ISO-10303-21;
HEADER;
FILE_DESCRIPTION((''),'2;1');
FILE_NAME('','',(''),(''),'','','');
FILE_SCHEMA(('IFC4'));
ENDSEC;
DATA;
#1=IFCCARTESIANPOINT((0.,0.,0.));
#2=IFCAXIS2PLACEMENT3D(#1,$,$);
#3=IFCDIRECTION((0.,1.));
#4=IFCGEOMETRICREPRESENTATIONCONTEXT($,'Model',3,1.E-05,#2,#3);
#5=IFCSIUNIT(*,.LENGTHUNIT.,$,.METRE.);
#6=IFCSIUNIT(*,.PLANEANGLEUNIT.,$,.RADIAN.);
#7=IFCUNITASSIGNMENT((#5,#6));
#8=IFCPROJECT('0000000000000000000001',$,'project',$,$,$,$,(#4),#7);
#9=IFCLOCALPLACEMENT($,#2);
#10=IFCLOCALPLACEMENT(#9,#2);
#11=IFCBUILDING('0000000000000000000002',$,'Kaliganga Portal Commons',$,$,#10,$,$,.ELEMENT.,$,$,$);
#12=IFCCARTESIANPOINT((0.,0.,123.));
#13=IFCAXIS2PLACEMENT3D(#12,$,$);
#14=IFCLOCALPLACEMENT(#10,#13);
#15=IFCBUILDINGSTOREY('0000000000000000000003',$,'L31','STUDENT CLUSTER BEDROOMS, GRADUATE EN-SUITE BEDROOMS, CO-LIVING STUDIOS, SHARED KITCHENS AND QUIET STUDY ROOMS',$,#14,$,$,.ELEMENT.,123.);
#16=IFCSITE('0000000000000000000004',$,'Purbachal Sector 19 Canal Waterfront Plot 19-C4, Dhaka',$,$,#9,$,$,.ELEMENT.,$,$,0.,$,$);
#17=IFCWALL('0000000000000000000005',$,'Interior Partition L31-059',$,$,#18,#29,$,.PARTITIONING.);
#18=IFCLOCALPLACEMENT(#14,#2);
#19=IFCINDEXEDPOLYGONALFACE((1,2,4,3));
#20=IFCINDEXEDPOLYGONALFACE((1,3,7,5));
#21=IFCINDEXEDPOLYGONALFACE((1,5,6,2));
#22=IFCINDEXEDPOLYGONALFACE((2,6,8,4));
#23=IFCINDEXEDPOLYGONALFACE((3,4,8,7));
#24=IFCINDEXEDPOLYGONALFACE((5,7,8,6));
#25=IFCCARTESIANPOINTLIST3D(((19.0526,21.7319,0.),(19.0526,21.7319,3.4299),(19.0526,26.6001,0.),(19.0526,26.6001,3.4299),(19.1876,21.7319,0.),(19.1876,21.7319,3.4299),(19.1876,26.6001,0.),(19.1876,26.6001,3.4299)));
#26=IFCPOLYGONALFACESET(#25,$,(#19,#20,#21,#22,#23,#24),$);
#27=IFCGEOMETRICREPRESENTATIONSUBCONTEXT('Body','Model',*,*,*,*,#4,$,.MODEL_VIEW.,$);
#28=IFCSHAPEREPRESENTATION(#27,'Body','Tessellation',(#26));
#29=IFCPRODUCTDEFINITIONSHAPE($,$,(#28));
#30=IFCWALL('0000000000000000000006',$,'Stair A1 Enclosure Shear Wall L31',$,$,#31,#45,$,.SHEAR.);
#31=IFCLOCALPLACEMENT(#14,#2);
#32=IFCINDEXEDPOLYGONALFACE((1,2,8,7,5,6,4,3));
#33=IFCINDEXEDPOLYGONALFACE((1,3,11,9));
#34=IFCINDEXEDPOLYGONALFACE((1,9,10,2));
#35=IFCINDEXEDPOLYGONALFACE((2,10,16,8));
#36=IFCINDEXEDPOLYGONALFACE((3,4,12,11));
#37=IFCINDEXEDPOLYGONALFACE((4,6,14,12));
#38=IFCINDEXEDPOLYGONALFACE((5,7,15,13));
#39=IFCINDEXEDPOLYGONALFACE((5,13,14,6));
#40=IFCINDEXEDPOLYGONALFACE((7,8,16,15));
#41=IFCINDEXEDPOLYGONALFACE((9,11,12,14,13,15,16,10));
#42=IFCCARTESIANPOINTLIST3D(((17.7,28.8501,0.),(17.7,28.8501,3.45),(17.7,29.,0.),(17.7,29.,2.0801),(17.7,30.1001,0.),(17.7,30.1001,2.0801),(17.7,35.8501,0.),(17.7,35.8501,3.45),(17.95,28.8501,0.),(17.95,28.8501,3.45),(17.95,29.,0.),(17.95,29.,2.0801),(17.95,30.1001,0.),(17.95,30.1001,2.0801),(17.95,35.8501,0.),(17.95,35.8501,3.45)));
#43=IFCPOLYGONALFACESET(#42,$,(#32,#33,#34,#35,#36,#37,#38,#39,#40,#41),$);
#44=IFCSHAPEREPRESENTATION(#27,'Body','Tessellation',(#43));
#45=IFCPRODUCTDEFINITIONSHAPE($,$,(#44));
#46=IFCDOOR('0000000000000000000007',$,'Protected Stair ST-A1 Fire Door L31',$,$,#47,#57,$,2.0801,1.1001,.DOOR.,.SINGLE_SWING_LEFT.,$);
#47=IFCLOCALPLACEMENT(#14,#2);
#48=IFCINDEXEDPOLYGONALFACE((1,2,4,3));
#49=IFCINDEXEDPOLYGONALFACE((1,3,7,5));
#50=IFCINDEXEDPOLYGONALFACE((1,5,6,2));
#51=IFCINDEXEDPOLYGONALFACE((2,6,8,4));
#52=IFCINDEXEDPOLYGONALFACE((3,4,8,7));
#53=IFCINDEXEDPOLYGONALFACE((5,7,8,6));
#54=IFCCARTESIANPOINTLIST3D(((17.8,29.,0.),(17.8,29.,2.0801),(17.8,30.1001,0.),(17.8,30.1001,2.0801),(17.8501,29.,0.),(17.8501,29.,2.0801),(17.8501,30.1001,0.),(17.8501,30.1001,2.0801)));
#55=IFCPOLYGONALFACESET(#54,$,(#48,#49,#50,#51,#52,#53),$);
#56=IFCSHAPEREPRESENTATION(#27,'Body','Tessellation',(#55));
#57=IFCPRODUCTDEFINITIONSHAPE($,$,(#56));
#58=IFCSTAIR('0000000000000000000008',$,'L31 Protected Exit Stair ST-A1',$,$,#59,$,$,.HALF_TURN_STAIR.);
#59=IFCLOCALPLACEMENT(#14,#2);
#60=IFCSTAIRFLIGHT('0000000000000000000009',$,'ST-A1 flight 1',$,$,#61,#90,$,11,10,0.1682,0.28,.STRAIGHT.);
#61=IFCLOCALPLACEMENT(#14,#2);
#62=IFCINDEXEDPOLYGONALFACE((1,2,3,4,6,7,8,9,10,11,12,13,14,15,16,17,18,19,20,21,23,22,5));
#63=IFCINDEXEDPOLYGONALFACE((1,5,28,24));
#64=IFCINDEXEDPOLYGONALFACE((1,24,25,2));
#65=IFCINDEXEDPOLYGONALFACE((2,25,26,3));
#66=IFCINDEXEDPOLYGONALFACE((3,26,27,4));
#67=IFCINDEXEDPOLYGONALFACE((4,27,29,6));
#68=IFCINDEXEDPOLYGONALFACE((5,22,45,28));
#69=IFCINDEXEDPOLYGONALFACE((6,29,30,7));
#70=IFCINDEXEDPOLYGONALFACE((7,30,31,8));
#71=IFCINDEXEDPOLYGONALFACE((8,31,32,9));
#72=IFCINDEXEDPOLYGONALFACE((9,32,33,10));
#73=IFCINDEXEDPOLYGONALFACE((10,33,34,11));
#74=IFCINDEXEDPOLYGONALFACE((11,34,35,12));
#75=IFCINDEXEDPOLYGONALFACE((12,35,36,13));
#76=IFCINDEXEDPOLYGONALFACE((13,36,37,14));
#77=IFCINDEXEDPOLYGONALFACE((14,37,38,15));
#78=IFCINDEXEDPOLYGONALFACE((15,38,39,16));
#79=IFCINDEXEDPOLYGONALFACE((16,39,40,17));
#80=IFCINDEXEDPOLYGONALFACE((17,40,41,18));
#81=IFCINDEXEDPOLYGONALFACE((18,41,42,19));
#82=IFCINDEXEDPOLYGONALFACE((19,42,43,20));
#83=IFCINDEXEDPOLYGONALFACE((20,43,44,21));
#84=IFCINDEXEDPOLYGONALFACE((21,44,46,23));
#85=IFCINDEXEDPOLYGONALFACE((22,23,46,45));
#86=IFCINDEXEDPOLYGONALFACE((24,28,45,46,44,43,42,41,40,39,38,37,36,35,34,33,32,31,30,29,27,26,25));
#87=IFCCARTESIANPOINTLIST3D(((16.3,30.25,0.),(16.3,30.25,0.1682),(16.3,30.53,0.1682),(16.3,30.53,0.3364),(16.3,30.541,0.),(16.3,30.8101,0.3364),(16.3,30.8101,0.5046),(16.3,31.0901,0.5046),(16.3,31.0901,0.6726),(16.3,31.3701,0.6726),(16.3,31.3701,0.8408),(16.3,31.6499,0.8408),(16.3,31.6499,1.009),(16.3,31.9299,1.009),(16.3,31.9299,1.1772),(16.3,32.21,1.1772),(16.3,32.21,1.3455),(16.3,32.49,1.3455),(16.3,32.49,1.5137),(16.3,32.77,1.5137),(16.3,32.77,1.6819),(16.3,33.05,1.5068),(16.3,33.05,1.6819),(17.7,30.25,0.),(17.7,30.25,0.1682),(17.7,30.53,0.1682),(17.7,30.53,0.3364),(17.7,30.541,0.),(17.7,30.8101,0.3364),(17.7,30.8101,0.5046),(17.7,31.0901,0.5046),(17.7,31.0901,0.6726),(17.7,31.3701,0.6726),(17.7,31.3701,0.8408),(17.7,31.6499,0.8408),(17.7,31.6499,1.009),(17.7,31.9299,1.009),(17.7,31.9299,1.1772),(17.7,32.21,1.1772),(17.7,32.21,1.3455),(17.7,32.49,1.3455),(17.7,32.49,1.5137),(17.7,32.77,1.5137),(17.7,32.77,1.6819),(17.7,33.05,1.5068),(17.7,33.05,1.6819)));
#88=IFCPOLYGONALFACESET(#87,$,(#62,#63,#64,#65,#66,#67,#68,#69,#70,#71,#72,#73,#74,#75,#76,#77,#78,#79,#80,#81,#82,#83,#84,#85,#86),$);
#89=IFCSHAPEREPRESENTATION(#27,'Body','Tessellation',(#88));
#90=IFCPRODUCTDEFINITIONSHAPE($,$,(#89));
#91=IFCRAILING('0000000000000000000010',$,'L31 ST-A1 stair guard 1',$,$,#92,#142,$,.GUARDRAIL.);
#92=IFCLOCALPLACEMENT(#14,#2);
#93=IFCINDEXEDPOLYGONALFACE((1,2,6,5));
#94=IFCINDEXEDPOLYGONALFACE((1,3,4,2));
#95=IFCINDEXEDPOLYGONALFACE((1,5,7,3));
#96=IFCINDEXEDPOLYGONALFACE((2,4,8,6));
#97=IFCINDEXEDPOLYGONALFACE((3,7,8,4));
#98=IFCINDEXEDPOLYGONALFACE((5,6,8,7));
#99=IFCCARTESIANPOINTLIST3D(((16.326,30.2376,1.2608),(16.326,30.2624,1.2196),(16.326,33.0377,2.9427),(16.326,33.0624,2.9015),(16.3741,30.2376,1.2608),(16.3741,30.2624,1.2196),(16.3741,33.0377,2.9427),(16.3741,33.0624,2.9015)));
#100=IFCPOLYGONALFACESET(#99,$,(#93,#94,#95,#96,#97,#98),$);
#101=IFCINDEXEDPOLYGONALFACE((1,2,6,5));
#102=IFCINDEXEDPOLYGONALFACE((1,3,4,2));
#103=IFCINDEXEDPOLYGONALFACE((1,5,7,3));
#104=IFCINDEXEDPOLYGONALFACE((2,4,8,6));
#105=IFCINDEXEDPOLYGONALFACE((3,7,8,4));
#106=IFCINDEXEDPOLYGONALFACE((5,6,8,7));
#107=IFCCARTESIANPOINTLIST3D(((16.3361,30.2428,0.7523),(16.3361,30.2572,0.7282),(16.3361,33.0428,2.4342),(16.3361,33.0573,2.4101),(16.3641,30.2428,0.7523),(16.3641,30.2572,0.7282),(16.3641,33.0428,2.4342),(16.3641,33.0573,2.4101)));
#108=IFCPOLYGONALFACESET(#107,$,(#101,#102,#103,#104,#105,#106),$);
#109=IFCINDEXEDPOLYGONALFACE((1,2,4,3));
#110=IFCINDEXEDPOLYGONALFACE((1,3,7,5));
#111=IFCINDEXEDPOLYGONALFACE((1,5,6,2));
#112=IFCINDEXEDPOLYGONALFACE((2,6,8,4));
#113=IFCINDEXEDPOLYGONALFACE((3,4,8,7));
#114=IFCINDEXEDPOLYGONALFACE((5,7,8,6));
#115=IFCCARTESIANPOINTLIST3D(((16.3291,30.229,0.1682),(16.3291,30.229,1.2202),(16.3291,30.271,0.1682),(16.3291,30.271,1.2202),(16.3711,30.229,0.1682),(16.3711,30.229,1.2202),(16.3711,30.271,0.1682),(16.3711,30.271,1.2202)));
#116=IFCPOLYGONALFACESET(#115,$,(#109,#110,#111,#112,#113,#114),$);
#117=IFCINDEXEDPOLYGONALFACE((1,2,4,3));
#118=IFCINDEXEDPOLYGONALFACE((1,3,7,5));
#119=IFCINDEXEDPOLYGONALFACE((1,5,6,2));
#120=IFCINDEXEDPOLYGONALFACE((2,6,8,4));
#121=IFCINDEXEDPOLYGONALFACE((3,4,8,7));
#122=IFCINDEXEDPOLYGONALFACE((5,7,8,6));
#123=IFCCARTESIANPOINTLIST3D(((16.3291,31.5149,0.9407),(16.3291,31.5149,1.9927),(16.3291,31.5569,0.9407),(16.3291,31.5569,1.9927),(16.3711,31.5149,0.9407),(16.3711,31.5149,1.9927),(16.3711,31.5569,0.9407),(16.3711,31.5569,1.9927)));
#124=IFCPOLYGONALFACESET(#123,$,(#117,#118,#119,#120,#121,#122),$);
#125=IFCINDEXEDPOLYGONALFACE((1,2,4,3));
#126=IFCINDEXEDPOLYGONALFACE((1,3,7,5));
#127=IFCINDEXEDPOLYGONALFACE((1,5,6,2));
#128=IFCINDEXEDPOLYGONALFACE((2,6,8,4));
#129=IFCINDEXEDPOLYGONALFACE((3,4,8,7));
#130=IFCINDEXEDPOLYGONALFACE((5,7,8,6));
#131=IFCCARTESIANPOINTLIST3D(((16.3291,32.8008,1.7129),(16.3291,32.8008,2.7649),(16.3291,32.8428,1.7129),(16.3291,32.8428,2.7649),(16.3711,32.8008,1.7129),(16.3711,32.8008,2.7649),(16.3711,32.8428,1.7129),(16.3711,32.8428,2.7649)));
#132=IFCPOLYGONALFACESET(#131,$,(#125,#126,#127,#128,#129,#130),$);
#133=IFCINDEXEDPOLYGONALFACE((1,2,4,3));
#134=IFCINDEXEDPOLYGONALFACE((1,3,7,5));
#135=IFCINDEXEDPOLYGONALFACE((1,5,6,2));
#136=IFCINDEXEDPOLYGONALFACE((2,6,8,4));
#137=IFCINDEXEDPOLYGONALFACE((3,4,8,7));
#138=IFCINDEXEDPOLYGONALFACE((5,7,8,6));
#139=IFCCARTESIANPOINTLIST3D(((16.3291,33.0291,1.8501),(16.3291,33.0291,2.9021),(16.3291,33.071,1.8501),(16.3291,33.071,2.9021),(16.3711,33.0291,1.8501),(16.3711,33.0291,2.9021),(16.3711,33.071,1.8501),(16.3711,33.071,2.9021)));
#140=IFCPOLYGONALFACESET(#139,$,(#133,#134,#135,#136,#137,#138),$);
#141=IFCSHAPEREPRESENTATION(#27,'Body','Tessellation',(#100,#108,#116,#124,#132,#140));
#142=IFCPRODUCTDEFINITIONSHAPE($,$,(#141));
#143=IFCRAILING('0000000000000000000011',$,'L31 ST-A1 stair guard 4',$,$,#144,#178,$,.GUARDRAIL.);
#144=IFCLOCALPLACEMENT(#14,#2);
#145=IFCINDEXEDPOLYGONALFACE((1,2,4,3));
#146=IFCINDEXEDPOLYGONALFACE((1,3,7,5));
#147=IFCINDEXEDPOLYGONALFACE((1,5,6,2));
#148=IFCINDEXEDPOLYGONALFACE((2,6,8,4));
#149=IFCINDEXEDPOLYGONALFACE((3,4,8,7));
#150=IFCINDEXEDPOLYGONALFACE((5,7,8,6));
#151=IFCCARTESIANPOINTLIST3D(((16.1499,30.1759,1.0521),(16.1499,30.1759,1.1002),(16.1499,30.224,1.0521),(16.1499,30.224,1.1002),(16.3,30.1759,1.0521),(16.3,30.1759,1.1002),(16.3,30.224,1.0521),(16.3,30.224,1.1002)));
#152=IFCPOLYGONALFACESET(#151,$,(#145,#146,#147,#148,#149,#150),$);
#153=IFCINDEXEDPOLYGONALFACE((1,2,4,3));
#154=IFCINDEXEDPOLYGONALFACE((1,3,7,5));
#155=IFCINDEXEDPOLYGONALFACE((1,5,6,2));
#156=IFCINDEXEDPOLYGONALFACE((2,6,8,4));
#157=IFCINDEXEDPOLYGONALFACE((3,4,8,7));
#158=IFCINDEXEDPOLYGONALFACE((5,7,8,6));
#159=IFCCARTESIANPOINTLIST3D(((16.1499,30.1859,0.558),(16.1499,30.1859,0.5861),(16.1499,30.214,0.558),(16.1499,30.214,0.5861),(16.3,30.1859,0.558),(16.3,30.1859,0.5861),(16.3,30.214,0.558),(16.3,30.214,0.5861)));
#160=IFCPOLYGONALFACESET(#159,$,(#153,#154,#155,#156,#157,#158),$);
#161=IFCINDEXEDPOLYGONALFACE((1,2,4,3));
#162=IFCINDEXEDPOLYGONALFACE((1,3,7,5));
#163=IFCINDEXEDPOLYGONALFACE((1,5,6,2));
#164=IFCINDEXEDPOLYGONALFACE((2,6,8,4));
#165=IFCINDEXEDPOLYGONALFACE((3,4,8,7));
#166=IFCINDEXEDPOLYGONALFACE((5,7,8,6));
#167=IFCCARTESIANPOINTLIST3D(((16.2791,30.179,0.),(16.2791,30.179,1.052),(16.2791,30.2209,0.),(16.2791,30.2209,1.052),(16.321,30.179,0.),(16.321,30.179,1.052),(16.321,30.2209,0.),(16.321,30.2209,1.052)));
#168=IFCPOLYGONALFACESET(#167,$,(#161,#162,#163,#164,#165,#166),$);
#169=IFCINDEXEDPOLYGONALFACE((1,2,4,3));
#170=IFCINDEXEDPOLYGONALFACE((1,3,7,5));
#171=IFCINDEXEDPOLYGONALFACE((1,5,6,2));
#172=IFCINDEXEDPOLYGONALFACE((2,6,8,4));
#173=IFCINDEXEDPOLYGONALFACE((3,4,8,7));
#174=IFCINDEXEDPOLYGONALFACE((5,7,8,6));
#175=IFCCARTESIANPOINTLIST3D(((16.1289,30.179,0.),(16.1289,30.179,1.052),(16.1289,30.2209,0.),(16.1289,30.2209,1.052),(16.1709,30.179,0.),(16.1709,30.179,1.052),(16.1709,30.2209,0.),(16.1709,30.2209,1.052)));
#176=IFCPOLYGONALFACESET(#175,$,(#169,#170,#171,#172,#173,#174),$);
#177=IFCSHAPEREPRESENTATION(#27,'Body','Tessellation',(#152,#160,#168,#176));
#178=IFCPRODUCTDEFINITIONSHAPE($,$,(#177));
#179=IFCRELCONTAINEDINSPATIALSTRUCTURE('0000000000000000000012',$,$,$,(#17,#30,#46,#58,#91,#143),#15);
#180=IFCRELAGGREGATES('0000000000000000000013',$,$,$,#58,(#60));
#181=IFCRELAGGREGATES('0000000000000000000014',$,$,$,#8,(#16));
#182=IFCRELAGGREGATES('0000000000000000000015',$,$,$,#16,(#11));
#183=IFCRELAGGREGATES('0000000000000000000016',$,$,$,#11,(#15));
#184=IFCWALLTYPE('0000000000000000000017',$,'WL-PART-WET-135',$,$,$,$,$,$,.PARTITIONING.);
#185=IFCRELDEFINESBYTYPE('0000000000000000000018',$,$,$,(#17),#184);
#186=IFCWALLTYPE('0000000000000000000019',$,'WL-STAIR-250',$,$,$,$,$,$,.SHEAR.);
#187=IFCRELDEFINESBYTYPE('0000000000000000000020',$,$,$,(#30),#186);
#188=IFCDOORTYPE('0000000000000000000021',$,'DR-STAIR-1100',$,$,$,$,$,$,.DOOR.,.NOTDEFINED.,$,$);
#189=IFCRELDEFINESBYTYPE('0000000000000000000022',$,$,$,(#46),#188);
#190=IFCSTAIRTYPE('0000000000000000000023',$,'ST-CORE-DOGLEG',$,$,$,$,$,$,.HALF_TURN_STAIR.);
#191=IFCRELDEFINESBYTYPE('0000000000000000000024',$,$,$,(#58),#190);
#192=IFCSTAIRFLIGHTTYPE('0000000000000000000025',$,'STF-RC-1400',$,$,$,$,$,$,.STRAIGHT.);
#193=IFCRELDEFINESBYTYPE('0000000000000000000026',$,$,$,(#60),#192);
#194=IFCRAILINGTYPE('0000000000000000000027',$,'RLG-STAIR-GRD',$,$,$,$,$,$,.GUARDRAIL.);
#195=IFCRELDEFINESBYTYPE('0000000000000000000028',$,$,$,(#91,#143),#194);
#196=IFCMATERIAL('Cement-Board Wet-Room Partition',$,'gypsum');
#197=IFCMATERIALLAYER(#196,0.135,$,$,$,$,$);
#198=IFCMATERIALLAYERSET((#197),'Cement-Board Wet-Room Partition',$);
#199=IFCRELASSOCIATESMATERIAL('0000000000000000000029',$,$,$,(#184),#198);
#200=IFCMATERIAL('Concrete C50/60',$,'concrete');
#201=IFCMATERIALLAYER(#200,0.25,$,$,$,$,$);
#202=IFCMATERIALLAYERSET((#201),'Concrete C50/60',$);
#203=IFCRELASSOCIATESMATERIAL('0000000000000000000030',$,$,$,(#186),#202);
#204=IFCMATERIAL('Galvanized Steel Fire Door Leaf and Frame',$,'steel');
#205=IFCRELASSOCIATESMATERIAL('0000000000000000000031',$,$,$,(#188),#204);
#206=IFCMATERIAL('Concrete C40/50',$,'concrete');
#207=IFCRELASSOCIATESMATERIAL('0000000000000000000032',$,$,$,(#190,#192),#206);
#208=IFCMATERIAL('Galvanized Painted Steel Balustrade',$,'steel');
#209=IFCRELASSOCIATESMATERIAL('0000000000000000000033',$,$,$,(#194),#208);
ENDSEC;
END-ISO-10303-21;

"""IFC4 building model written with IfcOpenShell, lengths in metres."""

from ifc_helpers import new_model, si_unit, direction, frame, frame_2d, origin, origin_2d, place, context, subcontext, project, spatial, polyline, rectangle, outline, extrude, material, layer, layer_set, type_object, element, fill, aggregate, save


model = new_model("IFC4")

# Units and contexts
model_context = context("Model", 3, precision=1e-05, world=origin(), true_north=direction((0.0, 1.0)))
body_context = subcontext(model_context, "Body", "Model", "MODEL_VIEW")
ifc_project = project(units=[si_unit("LENGTHUNIT", "METRE"), si_unit("PLANEANGLEUNIT", "RADIAN")], contexts=[model_context])

# Site, building, storey
site_placement = place(None, origin())
site = spatial("IfcSite", under=ifc_project, at=site_placement, Name="Purbachal Sector 19 Canal Waterfront Plot 19-C4, Dhaka", CompositionType="ELEMENT", RefElevation=0.0)
building_placement = place(site_placement, origin())
building = spatial("IfcBuilding", under=site, at=building_placement, Name="Kaliganga Portal Commons", CompositionType="ELEMENT")
storey_placement = place(building_placement, frame((0.0, 0.0, 123.0)))
storey = spatial("IfcBuildingStorey", under=building, at=storey_placement, Name="L31", Description="STUDENT CLUSTER BEDROOMS, GRADUATE EN-SUITE BEDROOMS, CO-LIVING STUDIOS, SHARED KITCHENS AND QUIET STUDY ROOMS", CompositionType="ELEMENT", Elevation=123.0)

# Shared definitions
ifc_material_1 = material(Name="Concrete C50/60", Category="concrete")

# Wall
ifc_material_2 = material(Name="Cement-Board Wet-Room Partition", Category="gypsum")
ifc_layer_1 = layer(ifc_material_2, 0.135)
ifc_layer_set_1 = layer_set([ifc_layer_1], Name="Cement-Board Wet-Room Partition")
wall_type_1 = type_object("IfcWallType", Name="WL-PART-WET-135", PredefinedType="PARTITIONING", material=ifc_layer_set_1)
for number, where, z_axis, x_axis, name in (
    (1, (19.1201, 21.7319, 0.0), (0.0, 0.0, 1.0), (0.0, 1.0, 0.0), "Interior Partition L31-059"),
):
    element("IfcWall", number, at=place(storey_placement, frame(where, z_axis=z_axis, x_axis=x_axis)), inside=storey, type_object=wall_type_1, Name=name, PredefinedType="PARTITIONING", context=body_context, shape_type="SweptSolid", body=[
        extrude(rectangle(XDim=4.8682, YDim=0.135, at=frame_2d((2.4341, 0.0))), origin(), (0.0, 0.0, 1.0), 3.4299),
    ])

# Wall, opening, door
ifc_layer_2 = layer(ifc_material_1, 0.25)
ifc_layer_set_2 = layer_set([ifc_layer_2], Name="Concrete C50/60")
wall_type_2 = type_object("IfcWallType", Name="WL-STAIR-250", PredefinedType="SHEAR", material=ifc_layer_set_2)
wall_1_placement = place(storey_placement, frame((17.825, 28.8501, 0.0), z_axis=(0.0, 0.0, 1.0), x_axis=(0.0, 1.0, 0.0)))
wall_1 = element("IfcWall", 2, at=wall_1_placement, inside=storey, type_object=wall_type_2, Name="Stair A1 Enclosure Shear Wall L31", PredefinedType="SHEAR", context=body_context, shape_type="SweptSolid", body=[
    extrude(rectangle(XDim=7.0, YDim=0.25, at=frame_2d((3.5, 0.0))), origin(), (0.0, 0.0, 1.0), 3.45),
])
opening_1_placement = place(wall_1_placement, frame((0.1499, 0.0, 0.0)))
opening_1 = element("IfcOpeningElement", 3, at=opening_1_placement, cuts=wall_1, PredefinedType="OPENING", context=body_context, shape_type="SweptSolid", body=[
    extrude(rectangle(XDim=1.1001, YDim=2.0801, at=frame_2d((0.55, 1.04))), frame((0.0, 0.135, 0.0), z_axis=(0.0, -1.0, 0.0), x_axis=(1.0, 0.0, 0.0)), (0.0, 0.0, 1.0), 0.27),
])
ifc_material_3 = material(Name="Galvanized Steel Fire Door Leaf and Frame", Category="steel")
door_type_1 = type_object("IfcDoorType", Name="DR-STAIR-1100", OperationType="NOTDEFINED", PredefinedType="DOOR", material=ifc_material_3)
door_1_placement = place(opening_1_placement, origin())
door_1 = element("IfcDoor", 4, at=door_1_placement, inside=storey, type_object=door_type_1, Name="Protected Stair ST-A1 Fire Door L31", OperationType="SINGLE_SWING_LEFT", OverallHeight=2.0801, OverallWidth=1.1001, PredefinedType="DOOR", context=body_context, shape_type="SweptSolid", body=[
    extrude(rectangle(XDim=1.1001, YDim=2.0801, at=frame_2d((0.55, 1.04))), frame((0.0, 0.0249, 0.0), z_axis=(0.0, -1.0, 0.0), x_axis=(1.0, 0.0, 0.0)), (0.0, 0.0, 1.0), 0.05),
])
fill(opening_1, door_1)

# Stair, stair flight
ifc_material_4 = material(Name="Concrete C40/50", Category="concrete")
stair_type = type_object("IfcStairType", Name="ST-CORE-DOGLEG", PredefinedType="HALF_TURN_STAIR", material=ifc_material_4)
stair_placement = place(storey_placement, origin())
stair = element("IfcStair", 5, at=stair_placement, inside=storey, type_object=stair_type, Name="L31 Protected Exit Stair ST-A1", PredefinedType="HALF_TURN_STAIR")
stair_flight_type = type_object("IfcStairFlightType", Name="STF-RC-1400", PredefinedType="STRAIGHT", material=ifc_material_4)
stair_flight_placement = place(storey_placement, frame((17.0, 30.25, 0.0), z_axis=(0.0, 0.0, 1.0), x_axis=(0.0, 1.0, 0.0)))
stair_flight = element("IfcStairFlight", 6, at=stair_flight_placement, type_object=stair_flight_type, Name="ST-A1 flight 1", NumberOfRisers=11, NumberOfTreads=10, PredefinedType="STRAIGHT", RiserHeight=0.1682, TreadLength=0.28, context=body_context, shape_type="SweptSolid", body=[
    extrude(outline(polyline([(0.0, 0.0), (0.0, 0.1682), (0.28, 0.1682), (0.28, 0.3364), (0.5601, 0.3364), (0.5601, 0.5046), (0.8401, 0.5046), (0.8401, 0.6726), (1.1201, 0.6726), (1.1201, 0.8408), (1.3999, 0.8408), (1.3999, 1.009), (1.6799, 1.009), (1.6799, 1.1772), (1.96, 1.1772), (1.96, 1.3455), (2.24, 1.3455), (2.24, 1.5137), (2.52, 1.5137), (2.52, 1.6819), (2.8, 1.6819), (2.8, 1.8501), (2.8, 1.5068), (0.291, 0.0), (0.0, 0.0)])), frame((0.0, 0.7, 0.0), z_axis=(0.0, -1.0, 0.0), x_axis=(1.0, 0.0, 0.0)), (0.0, 0.0, 1.0), 1.3999),
])
aggregate(stair, [stair_flight])

# Railings
ifc_material_5 = material(Name="Galvanized Painted Steel Balustrade", Category="steel")
railing_type_1 = type_object("IfcRailingType", Name="RLG-STAIR-GRD", PredefinedType="GUARDRAIL", material=ifc_material_5)
railing_1_placement = place(storey_placement, frame((16.3501, 30.25, 0.1682)))
element("IfcRailing", 7, at=railing_1_placement, inside=storey, type_object=railing_type_1, Name="L31 ST-A1 stair guard 1", PredefinedType="GUARDRAIL", context=body_context, shape_type="SweptSolid", body=[
    extrude(rectangle(XDim=0.0481, YDim=0.0481, at=origin_2d()), frame((0.0, 0.0, 1.072), z_axis=(0.0, 0.857242, 0.514913), x_axis=(-1.0, 0.0, 0.0)), (0.0, 0.0, 1.0), 3.2664),
    extrude(rectangle(XDim=0.0281, YDim=0.0281, at=origin_2d()), frame((0.0, 0.0, 0.572), z_axis=(0.0, 0.857242, 0.514913), x_axis=(-1.0, 0.0, 0.0)), (0.0, 0.0, 1.0), 3.2664),
    extrude(rectangle(XDim=0.042, YDim=0.042, at=origin_2d()), origin(), (0.0, 0.0, 1.0), 1.052),
    extrude(rectangle(XDim=0.042, YDim=0.042, at=origin_2d()), frame((0.0, 1.2859, 0.7725)), (0.0, 0.0, 1.0), 1.052),
    extrude(rectangle(XDim=0.042, YDim=0.042, at=origin_2d()), frame((0.0, 2.5718, 1.5447)), (0.0, 0.0, 1.0), 1.052),
    extrude(rectangle(XDim=0.042, YDim=0.042, at=origin_2d()), frame((0.0, 2.8, 1.6819)), (0.0, 0.0, 1.0), 1.052),
])
railing_2_placement = place(storey_placement, frame((16.3, 30.2, 0.0)))
element("IfcRailing", 8, at=railing_2_placement, inside=storey, type_object=railing_type_1, Name="L31 ST-A1 stair guard 4", PredefinedType="GUARDRAIL", context=body_context, shape_type="SweptSolid", body=[
    extrude(rectangle(XDim=0.0481, YDim=0.0481, at=origin_2d()), frame((0.0, 0.0, 1.0762), z_axis=(-1.0, 0.0, 0.0), x_axis=(0.0, -1.0, 0.0)), (0.0, 0.0, 1.0), 0.1501),
    extrude(rectangle(XDim=0.0281, YDim=0.0281, at=origin_2d()), frame((0.0, 0.0, 0.572), z_axis=(-1.0, 0.0, 0.0), x_axis=(0.0, -1.0, 0.0)), (0.0, 0.0, 1.0), 0.1501),
    extrude(rectangle(XDim=0.042, YDim=0.042, at=origin_2d()), origin(), (0.0, 0.0, 1.0), 1.052),
    extrude(rectangle(XDim=0.042, YDim=0.042, at=origin_2d()), frame((-0.1501, 0.0, 0.0)), (0.0, 0.0, 1.0), 1.052),
])

save(model, "model.ifc")
